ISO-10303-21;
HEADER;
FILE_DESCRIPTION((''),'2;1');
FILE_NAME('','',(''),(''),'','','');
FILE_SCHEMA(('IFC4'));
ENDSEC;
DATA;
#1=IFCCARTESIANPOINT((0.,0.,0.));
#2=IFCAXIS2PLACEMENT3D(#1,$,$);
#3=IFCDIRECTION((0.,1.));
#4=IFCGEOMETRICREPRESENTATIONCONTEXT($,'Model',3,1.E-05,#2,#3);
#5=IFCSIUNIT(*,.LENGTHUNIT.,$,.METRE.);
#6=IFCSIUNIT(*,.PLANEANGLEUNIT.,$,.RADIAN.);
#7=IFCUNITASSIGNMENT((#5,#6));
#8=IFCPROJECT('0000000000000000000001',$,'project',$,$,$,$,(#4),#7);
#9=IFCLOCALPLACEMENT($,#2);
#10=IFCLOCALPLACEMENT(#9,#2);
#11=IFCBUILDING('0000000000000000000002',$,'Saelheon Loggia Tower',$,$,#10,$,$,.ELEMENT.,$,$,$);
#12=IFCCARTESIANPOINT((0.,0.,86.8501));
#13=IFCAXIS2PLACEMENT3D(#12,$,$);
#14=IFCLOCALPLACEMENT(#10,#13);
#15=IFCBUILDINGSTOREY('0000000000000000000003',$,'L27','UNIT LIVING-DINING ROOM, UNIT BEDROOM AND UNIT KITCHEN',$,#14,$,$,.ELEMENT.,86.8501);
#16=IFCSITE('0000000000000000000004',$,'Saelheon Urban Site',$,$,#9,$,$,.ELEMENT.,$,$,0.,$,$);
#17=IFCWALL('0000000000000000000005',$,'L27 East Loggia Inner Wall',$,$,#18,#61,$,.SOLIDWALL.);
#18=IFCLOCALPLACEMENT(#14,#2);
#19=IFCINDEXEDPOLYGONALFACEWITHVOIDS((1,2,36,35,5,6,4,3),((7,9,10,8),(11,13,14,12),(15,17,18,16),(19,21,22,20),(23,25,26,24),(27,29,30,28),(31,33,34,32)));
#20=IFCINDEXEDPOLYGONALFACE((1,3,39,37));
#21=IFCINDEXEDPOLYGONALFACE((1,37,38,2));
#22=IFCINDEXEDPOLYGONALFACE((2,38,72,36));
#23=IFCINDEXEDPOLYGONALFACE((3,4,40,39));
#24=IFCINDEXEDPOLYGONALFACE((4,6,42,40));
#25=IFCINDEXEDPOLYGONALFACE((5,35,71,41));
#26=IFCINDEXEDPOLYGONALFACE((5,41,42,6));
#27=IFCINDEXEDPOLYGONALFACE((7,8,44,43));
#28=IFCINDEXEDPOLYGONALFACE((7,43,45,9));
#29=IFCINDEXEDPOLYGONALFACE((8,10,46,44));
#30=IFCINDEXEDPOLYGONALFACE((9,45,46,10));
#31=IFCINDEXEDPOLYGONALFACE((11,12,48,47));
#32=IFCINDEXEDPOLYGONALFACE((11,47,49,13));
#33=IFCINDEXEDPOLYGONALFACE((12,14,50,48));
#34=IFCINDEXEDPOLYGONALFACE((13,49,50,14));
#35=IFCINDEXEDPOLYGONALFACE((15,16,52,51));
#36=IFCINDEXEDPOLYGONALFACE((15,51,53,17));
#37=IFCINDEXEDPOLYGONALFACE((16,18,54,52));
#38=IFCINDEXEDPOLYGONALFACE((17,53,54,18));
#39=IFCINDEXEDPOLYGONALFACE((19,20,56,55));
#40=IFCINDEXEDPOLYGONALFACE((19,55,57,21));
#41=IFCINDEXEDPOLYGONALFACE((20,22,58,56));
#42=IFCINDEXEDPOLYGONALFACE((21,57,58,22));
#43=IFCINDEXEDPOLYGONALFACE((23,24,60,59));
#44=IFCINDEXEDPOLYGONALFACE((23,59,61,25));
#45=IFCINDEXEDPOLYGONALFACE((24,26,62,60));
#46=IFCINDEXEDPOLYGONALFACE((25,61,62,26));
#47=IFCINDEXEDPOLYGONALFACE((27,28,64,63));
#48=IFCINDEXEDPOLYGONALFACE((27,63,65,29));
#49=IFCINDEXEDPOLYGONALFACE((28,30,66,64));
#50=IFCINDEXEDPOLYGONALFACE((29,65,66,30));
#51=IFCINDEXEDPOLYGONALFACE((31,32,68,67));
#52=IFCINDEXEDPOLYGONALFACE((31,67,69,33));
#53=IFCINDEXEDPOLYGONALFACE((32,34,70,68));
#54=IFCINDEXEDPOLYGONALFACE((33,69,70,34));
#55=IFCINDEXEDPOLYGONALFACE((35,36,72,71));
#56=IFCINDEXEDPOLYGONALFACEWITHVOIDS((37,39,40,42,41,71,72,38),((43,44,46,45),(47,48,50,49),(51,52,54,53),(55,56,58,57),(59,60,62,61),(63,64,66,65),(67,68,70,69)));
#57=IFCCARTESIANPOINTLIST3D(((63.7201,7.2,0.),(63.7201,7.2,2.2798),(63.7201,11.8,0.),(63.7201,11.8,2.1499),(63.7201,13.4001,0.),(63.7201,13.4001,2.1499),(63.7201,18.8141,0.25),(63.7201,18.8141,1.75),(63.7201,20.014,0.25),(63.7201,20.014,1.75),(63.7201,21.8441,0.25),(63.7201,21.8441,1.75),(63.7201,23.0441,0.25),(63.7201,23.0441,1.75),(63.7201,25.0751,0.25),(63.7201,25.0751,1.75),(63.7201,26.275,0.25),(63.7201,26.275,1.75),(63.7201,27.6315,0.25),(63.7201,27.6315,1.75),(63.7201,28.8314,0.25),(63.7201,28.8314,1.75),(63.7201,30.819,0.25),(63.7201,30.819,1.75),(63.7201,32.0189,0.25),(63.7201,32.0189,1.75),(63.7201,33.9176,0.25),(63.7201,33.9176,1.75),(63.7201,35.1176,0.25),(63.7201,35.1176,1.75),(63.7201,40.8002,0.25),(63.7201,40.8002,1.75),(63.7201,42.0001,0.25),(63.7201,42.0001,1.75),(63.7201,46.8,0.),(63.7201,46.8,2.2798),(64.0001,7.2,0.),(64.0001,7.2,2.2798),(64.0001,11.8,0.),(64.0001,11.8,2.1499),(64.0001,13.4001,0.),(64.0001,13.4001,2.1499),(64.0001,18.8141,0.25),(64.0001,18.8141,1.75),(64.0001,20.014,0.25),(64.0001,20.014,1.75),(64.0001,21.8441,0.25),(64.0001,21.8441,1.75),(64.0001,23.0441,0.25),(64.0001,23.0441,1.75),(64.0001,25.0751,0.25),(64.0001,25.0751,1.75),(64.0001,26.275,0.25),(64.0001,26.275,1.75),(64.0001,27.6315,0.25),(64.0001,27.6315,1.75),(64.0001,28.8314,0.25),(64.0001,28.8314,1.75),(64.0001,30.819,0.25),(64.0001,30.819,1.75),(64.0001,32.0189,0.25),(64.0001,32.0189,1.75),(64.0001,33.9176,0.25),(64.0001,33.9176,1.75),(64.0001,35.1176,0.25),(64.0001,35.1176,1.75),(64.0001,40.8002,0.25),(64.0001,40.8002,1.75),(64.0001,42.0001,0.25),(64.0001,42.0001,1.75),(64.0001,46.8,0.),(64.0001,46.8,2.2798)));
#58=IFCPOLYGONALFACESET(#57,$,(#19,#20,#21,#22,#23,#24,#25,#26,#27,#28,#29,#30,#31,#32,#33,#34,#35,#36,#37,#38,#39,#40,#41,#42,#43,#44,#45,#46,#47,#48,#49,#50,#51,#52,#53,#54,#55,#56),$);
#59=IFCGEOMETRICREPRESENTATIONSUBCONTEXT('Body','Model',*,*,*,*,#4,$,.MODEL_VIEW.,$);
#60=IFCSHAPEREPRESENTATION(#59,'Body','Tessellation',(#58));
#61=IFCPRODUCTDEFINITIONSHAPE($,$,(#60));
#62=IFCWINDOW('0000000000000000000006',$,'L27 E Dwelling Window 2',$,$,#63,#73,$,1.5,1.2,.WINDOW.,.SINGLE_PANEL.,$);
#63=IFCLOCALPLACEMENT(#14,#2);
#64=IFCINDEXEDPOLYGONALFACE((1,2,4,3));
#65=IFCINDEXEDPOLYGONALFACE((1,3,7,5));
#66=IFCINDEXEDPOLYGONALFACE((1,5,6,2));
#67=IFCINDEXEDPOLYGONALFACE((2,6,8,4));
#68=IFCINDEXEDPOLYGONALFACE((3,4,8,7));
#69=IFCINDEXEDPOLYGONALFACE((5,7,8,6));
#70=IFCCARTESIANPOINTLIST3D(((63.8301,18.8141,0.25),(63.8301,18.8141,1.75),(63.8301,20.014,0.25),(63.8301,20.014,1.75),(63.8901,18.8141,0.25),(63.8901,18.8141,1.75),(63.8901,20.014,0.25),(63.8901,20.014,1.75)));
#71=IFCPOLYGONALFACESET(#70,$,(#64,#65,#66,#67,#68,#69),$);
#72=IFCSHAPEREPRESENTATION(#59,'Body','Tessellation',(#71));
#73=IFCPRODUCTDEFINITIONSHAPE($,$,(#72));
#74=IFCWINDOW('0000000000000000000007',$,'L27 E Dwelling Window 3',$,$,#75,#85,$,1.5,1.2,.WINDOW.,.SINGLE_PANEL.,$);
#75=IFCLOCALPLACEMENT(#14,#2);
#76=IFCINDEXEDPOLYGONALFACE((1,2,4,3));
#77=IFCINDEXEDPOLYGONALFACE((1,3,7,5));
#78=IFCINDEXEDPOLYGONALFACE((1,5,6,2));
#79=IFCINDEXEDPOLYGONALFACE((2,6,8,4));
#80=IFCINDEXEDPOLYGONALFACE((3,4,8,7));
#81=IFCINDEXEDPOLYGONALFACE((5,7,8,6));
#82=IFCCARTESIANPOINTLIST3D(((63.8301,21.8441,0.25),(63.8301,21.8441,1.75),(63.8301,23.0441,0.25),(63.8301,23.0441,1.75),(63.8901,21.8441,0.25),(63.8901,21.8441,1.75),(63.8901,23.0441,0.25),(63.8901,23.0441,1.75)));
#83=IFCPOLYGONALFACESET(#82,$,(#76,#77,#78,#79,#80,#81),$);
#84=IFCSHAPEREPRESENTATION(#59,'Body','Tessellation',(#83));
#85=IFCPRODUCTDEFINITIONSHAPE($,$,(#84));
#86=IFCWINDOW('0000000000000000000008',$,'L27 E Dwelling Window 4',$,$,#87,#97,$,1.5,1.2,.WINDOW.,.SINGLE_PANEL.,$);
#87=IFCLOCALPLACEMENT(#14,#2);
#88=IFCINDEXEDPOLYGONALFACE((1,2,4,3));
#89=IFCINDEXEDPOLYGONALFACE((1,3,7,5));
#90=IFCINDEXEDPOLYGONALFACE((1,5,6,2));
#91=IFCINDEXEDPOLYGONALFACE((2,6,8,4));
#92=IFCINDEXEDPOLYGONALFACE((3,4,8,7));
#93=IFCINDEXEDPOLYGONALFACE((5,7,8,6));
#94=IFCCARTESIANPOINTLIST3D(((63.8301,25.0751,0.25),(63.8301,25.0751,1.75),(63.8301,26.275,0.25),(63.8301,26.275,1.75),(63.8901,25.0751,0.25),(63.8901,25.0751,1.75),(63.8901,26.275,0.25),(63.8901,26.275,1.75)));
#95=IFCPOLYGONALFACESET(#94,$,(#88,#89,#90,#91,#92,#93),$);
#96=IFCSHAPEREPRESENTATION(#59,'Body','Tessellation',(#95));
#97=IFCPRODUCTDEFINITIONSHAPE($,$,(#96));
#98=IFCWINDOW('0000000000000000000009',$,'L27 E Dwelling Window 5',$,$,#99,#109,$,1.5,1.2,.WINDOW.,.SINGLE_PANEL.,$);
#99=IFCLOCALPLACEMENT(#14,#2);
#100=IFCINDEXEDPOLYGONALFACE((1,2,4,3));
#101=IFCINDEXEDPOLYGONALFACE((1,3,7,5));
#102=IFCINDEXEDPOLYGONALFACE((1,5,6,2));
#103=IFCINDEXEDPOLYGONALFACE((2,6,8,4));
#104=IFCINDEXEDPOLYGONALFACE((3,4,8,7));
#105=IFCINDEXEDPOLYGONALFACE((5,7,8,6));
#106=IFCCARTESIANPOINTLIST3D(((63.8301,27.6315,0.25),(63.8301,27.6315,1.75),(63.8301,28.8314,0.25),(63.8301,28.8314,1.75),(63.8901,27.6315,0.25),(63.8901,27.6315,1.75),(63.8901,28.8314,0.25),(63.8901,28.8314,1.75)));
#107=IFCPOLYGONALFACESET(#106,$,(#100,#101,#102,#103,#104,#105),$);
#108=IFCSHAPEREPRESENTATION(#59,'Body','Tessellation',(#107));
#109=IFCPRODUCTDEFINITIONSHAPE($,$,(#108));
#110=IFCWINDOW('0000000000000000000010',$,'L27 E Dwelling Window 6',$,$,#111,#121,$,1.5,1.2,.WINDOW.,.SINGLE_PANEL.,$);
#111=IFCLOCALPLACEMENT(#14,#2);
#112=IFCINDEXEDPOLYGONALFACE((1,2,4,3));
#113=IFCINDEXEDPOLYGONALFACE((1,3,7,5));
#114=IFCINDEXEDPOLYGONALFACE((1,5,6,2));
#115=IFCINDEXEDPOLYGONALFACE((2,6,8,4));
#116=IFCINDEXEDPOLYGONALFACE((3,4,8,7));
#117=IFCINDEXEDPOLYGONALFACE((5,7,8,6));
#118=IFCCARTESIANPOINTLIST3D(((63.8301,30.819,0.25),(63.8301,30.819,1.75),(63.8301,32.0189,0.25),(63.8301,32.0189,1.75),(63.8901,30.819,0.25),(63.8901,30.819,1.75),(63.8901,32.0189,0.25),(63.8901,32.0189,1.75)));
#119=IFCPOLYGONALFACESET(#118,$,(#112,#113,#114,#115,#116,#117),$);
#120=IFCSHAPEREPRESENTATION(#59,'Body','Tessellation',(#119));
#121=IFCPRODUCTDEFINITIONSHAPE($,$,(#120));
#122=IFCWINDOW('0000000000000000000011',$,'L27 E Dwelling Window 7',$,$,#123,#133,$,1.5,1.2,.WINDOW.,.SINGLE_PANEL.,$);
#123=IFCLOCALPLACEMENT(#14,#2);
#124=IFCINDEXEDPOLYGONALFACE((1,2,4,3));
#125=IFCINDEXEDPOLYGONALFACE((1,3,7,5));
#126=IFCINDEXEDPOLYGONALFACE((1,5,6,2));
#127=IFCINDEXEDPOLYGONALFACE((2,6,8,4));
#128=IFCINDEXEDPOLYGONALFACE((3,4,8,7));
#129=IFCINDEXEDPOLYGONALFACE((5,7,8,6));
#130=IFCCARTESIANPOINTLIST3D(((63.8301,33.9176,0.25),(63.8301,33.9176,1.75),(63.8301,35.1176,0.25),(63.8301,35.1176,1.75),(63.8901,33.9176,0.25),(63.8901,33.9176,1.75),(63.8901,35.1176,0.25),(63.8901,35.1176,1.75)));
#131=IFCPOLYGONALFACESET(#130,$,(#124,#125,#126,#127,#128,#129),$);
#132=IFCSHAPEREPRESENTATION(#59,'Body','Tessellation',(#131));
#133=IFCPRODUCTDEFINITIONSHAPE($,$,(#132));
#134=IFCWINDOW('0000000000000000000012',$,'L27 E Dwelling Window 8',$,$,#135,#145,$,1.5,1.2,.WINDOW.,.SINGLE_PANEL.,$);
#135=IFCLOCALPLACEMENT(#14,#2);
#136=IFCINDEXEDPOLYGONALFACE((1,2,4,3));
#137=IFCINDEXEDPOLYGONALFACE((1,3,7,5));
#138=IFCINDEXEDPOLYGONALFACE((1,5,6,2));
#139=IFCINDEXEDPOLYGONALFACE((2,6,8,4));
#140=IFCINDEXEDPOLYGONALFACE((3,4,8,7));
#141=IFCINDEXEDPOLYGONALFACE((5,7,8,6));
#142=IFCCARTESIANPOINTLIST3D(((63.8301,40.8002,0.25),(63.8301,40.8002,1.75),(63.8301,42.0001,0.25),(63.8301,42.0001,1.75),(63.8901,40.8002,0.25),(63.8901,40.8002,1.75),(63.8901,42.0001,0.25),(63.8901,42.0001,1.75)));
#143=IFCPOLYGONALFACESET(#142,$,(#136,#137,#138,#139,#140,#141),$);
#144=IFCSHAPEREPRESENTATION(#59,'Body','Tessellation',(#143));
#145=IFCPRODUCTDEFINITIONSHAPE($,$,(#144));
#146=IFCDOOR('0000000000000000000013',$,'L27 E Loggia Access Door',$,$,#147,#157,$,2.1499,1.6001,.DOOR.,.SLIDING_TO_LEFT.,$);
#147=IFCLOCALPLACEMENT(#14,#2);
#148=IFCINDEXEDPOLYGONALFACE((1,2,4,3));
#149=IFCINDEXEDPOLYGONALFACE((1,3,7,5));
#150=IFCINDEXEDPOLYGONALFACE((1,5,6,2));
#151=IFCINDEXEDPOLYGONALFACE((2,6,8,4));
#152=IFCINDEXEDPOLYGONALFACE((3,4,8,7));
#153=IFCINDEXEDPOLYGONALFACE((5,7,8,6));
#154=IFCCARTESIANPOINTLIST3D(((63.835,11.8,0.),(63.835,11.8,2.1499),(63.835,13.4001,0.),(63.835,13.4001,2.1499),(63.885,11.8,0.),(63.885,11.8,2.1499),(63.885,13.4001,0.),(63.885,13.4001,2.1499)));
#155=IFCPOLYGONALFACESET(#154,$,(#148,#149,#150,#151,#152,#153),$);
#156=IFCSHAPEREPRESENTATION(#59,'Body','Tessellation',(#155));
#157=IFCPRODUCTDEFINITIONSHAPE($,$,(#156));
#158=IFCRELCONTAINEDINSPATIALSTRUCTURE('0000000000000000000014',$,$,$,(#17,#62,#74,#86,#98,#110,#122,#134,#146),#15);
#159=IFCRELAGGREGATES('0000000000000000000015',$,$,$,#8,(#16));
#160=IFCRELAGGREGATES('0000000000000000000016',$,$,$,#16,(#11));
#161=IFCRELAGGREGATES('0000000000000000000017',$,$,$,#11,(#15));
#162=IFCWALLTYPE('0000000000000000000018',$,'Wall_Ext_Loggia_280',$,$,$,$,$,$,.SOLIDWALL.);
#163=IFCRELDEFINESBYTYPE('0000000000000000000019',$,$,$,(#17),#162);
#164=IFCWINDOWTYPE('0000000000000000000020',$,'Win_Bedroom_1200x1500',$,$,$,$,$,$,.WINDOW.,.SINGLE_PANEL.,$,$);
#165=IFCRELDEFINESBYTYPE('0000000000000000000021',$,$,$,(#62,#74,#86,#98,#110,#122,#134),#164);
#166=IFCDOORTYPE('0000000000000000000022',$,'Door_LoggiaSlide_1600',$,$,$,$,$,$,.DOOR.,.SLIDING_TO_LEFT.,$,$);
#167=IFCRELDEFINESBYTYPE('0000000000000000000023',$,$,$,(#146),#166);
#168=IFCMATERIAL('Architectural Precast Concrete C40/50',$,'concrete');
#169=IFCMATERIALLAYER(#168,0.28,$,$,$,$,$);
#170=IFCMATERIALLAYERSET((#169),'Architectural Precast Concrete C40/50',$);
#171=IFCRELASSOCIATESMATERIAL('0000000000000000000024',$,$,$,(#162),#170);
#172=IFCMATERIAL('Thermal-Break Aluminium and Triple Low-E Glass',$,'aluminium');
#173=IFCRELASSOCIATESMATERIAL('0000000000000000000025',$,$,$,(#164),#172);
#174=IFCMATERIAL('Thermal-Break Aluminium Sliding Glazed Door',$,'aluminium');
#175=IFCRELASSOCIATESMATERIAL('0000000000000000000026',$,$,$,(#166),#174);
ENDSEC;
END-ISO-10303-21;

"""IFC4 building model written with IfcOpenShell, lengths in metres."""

from ifc_helpers import new_model, si_unit, direction, frame, frame_2d, origin, place, context, subcontext, project, spatial, rectangle, extrude, source, transform, mapped, material, layer, layer_set, type_object, element, fill, save


model = new_model("IFC4")

# Units and contexts
model_context = context("Model", 3, precision=1e-05, world=origin(), true_north=direction((0.0, 1.0)))
body_context = subcontext(model_context, "Body", "Model", "MODEL_VIEW")
ifc_project = project(units=[si_unit("LENGTHUNIT", "METRE"), si_unit("PLANEANGLEUNIT", "RADIAN")], contexts=[model_context])

# Site, building, storey
site_placement = place(None, origin())
site = spatial("IfcSite", under=ifc_project, at=site_placement, Name="Saelheon Urban Site", CompositionType="ELEMENT", RefElevation=0.0)
building_placement = place(site_placement, origin())
building = spatial("IfcBuilding", under=site, at=building_placement, Name="Saelheon Loggia Tower", CompositionType="ELEMENT")
storey_placement = place(building_placement, frame((0.0, 0.0, 86.8501)))
storey = spatial("IfcBuildingStorey", under=building, at=storey_placement, Name="L27", Description="UNIT LIVING-DINING ROOM, UNIT BEDROOM AND UNIT KITCHEN", CompositionType="ELEMENT", Elevation=86.8501)

# Wall, openings, windows, door
ifc_material_1 = material(Name="Architectural Precast Concrete C40/50", Category="concrete")
ifc_layer_1 = layer(ifc_material_1, 0.28)
ifc_layer_set_1 = layer_set([ifc_layer_1], Name="Architectural Precast Concrete C40/50")
wall_type_1 = type_object("IfcWallType", Name="Wall_Ext_Loggia_280", PredefinedType="SOLIDWALL", material=ifc_layer_set_1)
wall_1_placement = place(storey_placement, frame((63.8601, 7.2, 0.0), z_axis=(0.0, 0.0, 1.0), x_axis=(0.0, 1.0, 0.0)))
wall_1 = element("IfcWall", 1, at=wall_1_placement, inside=storey, type_object=wall_type_1, Name="L27 East Loggia Inner Wall", PredefinedType="SOLIDWALL", context=body_context, shape_type="SweptSolid", body=[
    extrude(rectangle(XDim=39.6001, YDim=0.28, at=frame_2d((19.8, 0.0))), origin(), (0.0, 0.0, 1.0), 2.2798),
])
opening_1_placement = place(wall_1_placement, frame((6.2002, 0.0, 0.0), z_axis=(0.0, 0.0, 1.0), x_axis=(-1.0, 0.0, 0.0)))
opening_1 = element("IfcOpeningElement", 2, at=opening_1_placement, cuts=wall_1, PredefinedType="OPENING", context=body_context, shape_type="SweptSolid", body=[
    extrude(rectangle(XDim=1.6001, YDim=2.1499, at=frame_2d((0.8, 1.075))), frame((0.0, 0.1521, 0.0), z_axis=(0.0, -1.0, 0.0), x_axis=(1.0, 0.0, 0.0)), (0.0, 0.0, 1.0), 0.304),
])
opening_2_placement = place(wall_1_placement, frame((11.614, 0.0, 0.25)))
opening_2 = element("IfcOpeningElement", 3, at=opening_2_placement, cuts=wall_1, PredefinedType="OPENING", context=body_context, shape_type="SweptSolid", body=[
    extrude(rectangle(XDim=1.2, YDim=1.5, at=frame_2d((0.6001, 0.75))), frame((0.0, 0.1521, 0.0), z_axis=(0.0, -1.0, 0.0), x_axis=(1.0, 0.0, 0.0)), (0.0, 0.0, 1.0), 0.304),
])
opening_3_placement = place(wall_1_placement, frame((14.644, 0.0, 0.25)))
opening_3 = element("IfcOpeningElement", 4, at=opening_3_placement, cuts=wall_1, PredefinedType="OPENING", context=body_context, shape_type="SweptSolid", body=[
    extrude(rectangle(XDim=1.2, YDim=1.5, at=frame_2d((0.6001, 0.75))), frame((0.0, 0.1521, 0.0), z_axis=(0.0, -1.0, 0.0), x_axis=(1.0, 0.0, 0.0)), (0.0, 0.0, 1.0), 0.304),
])
opening_4_placement = place(wall_1_placement, frame((17.875, 0.0, 0.25)))
opening_4 = element("IfcOpeningElement", 5, at=opening_4_placement, cuts=wall_1, PredefinedType="OPENING", context=body_context, shape_type="SweptSolid", body=[
    extrude(rectangle(XDim=1.2, YDim=1.5, at=frame_2d((0.6001, 0.75))), frame((0.0, 0.1521, 0.0), z_axis=(0.0, -1.0, 0.0), x_axis=(1.0, 0.0, 0.0)), (0.0, 0.0, 1.0), 0.304),
])
opening_5_placement = place(wall_1_placement, frame((20.4314, 0.0, 0.25)))
opening_5 = element("IfcOpeningElement", 6, at=opening_5_placement, cuts=wall_1, PredefinedType="OPENING", context=body_context, shape_type="SweptSolid", body=[
    extrude(rectangle(XDim=1.2, YDim=1.5, at=frame_2d((0.6001, 0.75))), frame((0.0, 0.1521, 0.0), z_axis=(0.0, -1.0, 0.0), x_axis=(1.0, 0.0, 0.0)), (0.0, 0.0, 1.0), 0.304),
])
opening_6_placement = place(wall_1_placement, frame((23.6189, 0.0, 0.25)))
opening_6 = element("IfcOpeningElement", 7, at=opening_6_placement, cuts=wall_1, PredefinedType="OPENING", context=body_context, shape_type="SweptSolid", body=[
    extrude(rectangle(XDim=1.2, YDim=1.5, at=frame_2d((0.6001, 0.75))), frame((0.0, 0.1521, 0.0), z_axis=(0.0, -1.0, 0.0), x_axis=(1.0, 0.0, 0.0)), (0.0, 0.0, 1.0), 0.304),
])
opening_7_placement = place(wall_1_placement, frame((26.7175, 0.0, 0.25)))
opening_7 = element("IfcOpeningElement", 8, at=opening_7_placement, cuts=wall_1, PredefinedType="OPENING", context=body_context, shape_type="SweptSolid", body=[
    extrude(rectangle(XDim=1.2, YDim=1.5, at=frame_2d((0.6001, 0.75))), frame((0.0, 0.1521, 0.0), z_axis=(0.0, -1.0, 0.0), x_axis=(1.0, 0.0, 0.0)), (0.0, 0.0, 1.0), 0.304),
])
opening_8_placement = place(wall_1_placement, frame((33.6001, 0.0, 0.25)))
opening_8 = element("IfcOpeningElement", 9, at=opening_8_placement, cuts=wall_1, PredefinedType="OPENING", context=body_context, shape_type="SweptSolid", body=[
    extrude(rectangle(XDim=1.2, YDim=1.5, at=frame_2d((0.6001, 0.75))), frame((0.0, 0.1521, 0.0), z_axis=(0.0, -1.0, 0.0), x_axis=(1.0, 0.0, 0.0)), (0.0, 0.0, 1.0), 0.304),
])
ifc_material_2 = material(Name="Thermal-Break Aluminium and Triple Low-E Glass", Category="aluminium")
window_type = type_object("IfcWindowType", Name="Win_Bedroom_1200x1500", PartitioningType="SINGLE_PANEL", PredefinedType="WINDOW", material=ifc_material_2)
shared_shape_1 = source(origin(), body_context, "Body", "SweptSolid", [
    extrude(rectangle(XDim=1.2, YDim=1.5, at=frame_2d((0.6001, 0.75))), frame((0.0, 0.03, 0.0), z_axis=(0.0, -1.0, 0.0), x_axis=(1.0, 0.0, 0.0)), (0.0, 0.0, 1.0), 0.0601),
])
window_1_placement = place(opening_2_placement, origin())
window_1 = element("IfcWindow", 10, at=window_1_placement, inside=storey, type_object=window_type, Name="L27 E Dwelling Window 2", OverallHeight=1.5, OverallWidth=1.2, PartitioningType="SINGLE_PANEL", PredefinedType="WINDOW", context=body_context, shape_type="MappedRepresentation", body=[
    mapped(shared_shape_1, transform((0.0, 0.0, 0.0), scale=1.0)),
])
fill(opening_2, window_1)
window_2_placement = place(opening_3_placement, origin())
window_2 = element("IfcWindow", 11, at=window_2_placement, inside=storey, type_object=window_type, Name="L27 E Dwelling Window 3", OverallHeight=1.5, OverallWidth=1.2, PartitioningType="SINGLE_PANEL", PredefinedType="WINDOW", context=body_context, shape_type="MappedRepresentation", body=[
    mapped(shared_shape_1, transform((0.0, 0.0, 0.0), scale=1.0)),
])
fill(opening_3, window_2)
window_3_placement = place(opening_4_placement, origin())
window_3 = element("IfcWindow", 12, at=window_3_placement, inside=storey, type_object=window_type, Name="L27 E Dwelling Window 4", OverallHeight=1.5, OverallWidth=1.2, PartitioningType="SINGLE_PANEL", PredefinedType="WINDOW", context=body_context, shape_type="MappedRepresentation", body=[
    mapped(shared_shape_1, transform((0.0, 0.0, 0.0), scale=1.0)),
])
fill(opening_4, window_3)
window_4_placement = place(opening_5_placement, origin())
window_4 = element("IfcWindow", 13, at=window_4_placement, inside=storey, type_object=window_type, Name="L27 E Dwelling Window 5", OverallHeight=1.5, OverallWidth=1.2, PartitioningType="SINGLE_PANEL", PredefinedType="WINDOW", context=body_context, shape_type="MappedRepresentation", body=[
    mapped(shared_shape_1, transform((0.0, 0.0, 0.0), scale=1.0)),
])
fill(opening_5, window_4)
window_5_placement = place(opening_6_placement, origin())
window_5 = element("IfcWindow", 14, at=window_5_placement, inside=storey, type_object=window_type, Name="L27 E Dwelling Window 6", OverallHeight=1.5, OverallWidth=1.2, PartitioningType="SINGLE_PANEL", PredefinedType="WINDOW", context=body_context, shape_type="MappedRepresentation", body=[
    mapped(shared_shape_1, transform((0.0, 0.0, 0.0), scale=1.0)),
])
fill(opening_6, window_5)
window_6_placement = place(opening_7_placement, origin())
window_6 = element("IfcWindow", 15, at=window_6_placement, inside=storey, type_object=window_type, Name="L27 E Dwelling Window 7", OverallHeight=1.5, OverallWidth=1.2, PartitioningType="SINGLE_PANEL", PredefinedType="WINDOW", context=body_context, shape_type="MappedRepresentation", body=[
    mapped(shared_shape_1, transform((0.0, 0.0, 0.0), scale=1.0)),
])
fill(opening_7, window_6)
window_7_placement = place(opening_8_placement, origin())
window_7 = element("IfcWindow", 16, at=window_7_placement, inside=storey, type_object=window_type, Name="L27 E Dwelling Window 8", OverallHeight=1.5, OverallWidth=1.2, PartitioningType="SINGLE_PANEL", PredefinedType="WINDOW", context=body_context, shape_type="MappedRepresentation", body=[
    mapped(shared_shape_1, transform((0.0, 0.0, 0.0), scale=1.0)),
])
fill(opening_8, window_7)
ifc_material_3 = material(Name="Thermal-Break Aluminium Sliding Glazed Door", Category="aluminium")
door_type_1 = type_object("IfcDoorType", Name="Door_LoggiaSlide_1600", OperationType="SLIDING_TO_LEFT", PredefinedType="DOOR", material=ifc_material_3)
shared_shape_2 = source(origin(), body_context, "Body", "SweptSolid", [
    extrude(rectangle(XDim=1.6001, YDim=2.1499, at=frame_2d((0.8, 1.075))), frame((0.0, 0.0249, 0.0), z_axis=(0.0, -1.0, 0.0), x_axis=(1.0, 0.0, 0.0)), (0.0, 0.0, 1.0), 0.05),
])
door_1_placement = place(opening_1_placement, origin())
door_1 = element("IfcDoor", 17, at=door_1_placement, inside=storey, type_object=door_type_1, Name="L27 E Loggia Access Door", OperationType="SLIDING_TO_LEFT", OverallHeight=2.1499, OverallWidth=1.6001, PredefinedType="DOOR", context=body_context, shape_type="MappedRepresentation", body=[
    mapped(shared_shape_2, transform((0.0, 0.0, 0.0), scale=1.0)),
])
fill(opening_1, door_1)

save(model, "model.ifc")
